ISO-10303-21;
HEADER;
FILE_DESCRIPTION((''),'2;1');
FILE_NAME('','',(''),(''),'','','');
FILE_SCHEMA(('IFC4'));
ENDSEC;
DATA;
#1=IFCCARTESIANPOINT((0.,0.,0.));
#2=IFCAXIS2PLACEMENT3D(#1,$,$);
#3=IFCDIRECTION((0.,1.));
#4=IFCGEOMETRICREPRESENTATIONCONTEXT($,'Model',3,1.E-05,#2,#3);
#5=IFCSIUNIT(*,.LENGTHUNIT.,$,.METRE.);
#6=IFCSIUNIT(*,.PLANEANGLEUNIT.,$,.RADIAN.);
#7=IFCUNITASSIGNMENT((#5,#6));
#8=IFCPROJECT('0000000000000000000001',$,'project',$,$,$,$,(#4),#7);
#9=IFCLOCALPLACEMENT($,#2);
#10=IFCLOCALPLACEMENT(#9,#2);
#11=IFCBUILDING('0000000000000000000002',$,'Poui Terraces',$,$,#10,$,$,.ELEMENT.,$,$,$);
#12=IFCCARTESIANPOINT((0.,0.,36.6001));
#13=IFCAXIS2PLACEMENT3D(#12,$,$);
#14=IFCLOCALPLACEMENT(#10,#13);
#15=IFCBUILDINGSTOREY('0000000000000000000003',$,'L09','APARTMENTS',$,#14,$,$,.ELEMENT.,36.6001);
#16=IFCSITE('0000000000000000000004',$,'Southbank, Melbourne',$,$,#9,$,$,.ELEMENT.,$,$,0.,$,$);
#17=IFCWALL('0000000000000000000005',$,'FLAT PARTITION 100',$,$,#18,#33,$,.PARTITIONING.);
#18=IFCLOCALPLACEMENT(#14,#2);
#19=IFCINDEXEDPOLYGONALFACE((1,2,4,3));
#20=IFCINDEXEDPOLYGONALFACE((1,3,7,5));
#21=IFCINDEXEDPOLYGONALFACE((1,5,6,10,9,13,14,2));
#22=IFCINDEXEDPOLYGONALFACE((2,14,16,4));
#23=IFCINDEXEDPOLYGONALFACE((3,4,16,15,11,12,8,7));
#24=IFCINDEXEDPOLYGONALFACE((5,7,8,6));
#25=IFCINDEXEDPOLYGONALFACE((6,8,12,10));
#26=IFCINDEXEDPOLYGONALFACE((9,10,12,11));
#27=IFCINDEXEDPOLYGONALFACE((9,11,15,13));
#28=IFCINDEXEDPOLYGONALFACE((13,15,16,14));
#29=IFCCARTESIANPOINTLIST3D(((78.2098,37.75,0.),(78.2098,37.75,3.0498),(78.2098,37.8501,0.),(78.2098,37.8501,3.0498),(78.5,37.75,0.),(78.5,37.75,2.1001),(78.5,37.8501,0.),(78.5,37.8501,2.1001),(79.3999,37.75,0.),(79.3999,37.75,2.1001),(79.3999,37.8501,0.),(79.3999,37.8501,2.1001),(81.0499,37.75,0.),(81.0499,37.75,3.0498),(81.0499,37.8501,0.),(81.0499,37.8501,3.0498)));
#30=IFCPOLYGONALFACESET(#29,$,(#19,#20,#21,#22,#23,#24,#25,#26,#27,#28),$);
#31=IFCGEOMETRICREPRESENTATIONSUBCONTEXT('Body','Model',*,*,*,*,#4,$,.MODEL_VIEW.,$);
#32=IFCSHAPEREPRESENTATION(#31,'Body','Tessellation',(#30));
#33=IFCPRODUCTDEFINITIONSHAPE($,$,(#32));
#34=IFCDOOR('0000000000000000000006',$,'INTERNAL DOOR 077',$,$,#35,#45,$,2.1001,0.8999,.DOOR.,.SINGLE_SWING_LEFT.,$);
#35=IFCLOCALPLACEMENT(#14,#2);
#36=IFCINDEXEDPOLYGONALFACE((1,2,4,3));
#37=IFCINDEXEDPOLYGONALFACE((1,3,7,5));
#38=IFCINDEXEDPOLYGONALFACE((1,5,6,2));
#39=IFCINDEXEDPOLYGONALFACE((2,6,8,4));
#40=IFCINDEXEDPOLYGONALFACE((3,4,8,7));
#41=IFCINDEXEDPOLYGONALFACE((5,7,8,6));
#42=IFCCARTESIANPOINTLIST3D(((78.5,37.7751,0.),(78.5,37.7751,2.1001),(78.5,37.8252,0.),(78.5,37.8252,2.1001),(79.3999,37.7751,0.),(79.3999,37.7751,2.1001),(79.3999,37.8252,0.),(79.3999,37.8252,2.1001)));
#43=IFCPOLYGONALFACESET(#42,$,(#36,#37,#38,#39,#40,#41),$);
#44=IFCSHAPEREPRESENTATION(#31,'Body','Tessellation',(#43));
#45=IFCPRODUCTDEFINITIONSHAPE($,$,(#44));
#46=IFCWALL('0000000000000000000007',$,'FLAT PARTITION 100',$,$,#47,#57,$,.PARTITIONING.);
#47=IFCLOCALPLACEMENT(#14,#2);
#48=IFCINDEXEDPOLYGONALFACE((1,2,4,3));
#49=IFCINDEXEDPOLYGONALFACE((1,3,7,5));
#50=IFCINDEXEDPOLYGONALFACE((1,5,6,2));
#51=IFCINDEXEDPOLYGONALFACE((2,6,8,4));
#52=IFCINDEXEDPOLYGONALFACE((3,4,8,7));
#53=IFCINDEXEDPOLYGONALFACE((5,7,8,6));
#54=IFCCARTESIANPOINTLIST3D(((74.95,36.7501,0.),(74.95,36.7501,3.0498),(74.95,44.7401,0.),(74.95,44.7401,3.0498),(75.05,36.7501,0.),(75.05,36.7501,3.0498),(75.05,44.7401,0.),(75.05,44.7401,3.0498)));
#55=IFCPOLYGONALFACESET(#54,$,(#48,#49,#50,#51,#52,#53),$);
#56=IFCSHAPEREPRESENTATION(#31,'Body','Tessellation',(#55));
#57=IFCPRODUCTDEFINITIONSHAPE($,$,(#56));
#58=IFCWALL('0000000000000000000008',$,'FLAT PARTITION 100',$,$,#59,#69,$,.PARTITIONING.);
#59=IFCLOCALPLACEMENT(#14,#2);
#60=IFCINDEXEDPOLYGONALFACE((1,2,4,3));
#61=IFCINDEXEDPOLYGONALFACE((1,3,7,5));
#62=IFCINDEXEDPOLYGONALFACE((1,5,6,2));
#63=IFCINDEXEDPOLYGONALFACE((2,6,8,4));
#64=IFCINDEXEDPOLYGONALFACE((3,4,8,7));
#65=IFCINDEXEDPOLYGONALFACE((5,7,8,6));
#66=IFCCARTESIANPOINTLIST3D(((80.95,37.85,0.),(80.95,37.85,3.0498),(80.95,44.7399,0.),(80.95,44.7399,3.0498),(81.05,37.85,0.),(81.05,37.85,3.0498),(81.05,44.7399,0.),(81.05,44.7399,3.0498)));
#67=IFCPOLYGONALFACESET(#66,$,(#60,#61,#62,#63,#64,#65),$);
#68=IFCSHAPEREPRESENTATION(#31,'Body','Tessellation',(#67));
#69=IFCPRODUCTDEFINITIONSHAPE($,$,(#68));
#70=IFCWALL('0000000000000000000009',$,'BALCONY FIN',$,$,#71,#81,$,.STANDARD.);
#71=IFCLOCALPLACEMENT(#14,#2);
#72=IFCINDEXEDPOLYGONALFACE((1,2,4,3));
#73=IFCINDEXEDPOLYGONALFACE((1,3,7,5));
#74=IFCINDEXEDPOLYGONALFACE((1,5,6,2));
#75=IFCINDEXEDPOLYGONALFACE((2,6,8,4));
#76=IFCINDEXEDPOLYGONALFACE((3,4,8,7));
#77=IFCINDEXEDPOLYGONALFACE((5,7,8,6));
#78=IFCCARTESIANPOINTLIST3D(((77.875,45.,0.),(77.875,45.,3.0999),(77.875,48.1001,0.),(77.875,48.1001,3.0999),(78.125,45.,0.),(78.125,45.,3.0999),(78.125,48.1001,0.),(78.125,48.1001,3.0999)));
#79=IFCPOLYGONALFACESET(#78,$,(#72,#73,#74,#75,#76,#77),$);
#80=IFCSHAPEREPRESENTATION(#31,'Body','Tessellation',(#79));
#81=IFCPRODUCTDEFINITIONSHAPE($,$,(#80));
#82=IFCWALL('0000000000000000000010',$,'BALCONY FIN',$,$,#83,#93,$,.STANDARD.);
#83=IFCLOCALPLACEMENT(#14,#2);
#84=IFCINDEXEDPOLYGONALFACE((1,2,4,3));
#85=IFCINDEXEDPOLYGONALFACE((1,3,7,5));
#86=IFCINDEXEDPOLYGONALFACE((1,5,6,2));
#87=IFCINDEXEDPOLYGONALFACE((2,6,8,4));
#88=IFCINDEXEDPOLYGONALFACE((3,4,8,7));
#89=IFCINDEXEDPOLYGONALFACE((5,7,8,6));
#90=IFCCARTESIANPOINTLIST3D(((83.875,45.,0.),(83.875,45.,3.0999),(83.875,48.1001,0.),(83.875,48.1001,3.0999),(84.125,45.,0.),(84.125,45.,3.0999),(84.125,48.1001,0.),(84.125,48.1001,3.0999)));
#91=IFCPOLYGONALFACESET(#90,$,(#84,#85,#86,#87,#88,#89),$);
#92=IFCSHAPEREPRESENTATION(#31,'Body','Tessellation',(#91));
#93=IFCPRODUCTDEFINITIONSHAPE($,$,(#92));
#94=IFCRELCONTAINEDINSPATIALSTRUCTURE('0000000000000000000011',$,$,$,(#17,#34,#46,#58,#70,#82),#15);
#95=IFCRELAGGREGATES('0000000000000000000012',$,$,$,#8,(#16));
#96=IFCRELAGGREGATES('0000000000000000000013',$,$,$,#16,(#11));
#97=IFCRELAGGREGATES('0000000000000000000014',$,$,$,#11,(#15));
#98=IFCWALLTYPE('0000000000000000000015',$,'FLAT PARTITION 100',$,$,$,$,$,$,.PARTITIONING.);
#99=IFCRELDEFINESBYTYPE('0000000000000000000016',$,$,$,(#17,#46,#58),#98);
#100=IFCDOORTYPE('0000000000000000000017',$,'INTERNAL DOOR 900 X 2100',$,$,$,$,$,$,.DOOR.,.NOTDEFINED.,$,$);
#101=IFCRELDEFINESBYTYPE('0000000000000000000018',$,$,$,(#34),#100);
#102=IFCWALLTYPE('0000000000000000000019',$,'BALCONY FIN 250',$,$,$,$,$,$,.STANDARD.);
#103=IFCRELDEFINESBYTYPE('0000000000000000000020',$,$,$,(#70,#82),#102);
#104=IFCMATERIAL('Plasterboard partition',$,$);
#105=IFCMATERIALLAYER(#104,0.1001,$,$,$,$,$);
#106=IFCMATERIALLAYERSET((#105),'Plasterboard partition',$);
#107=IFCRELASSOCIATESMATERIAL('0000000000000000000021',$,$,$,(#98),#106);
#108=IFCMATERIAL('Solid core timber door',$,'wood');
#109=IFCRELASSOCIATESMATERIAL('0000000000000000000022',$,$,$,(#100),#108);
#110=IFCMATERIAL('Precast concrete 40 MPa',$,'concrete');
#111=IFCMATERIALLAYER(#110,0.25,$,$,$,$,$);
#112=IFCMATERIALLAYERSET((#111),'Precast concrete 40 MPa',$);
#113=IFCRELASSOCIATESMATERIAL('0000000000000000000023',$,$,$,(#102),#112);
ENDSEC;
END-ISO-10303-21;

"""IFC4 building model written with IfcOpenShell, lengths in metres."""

from ifc_helpers import new_model, si_unit, direction, frame, frame_2d, origin, place, context, subcontext, project, spatial, polyline, rectangle, outline, extrude, source, transform, mapped, material, layer, layer_set, type_object, element, fill, save


model = new_model("IFC4")

# Units and contexts
model_context = context("Model", 3, precision=1e-05, world=origin(), true_north=direction((0.0, 1.0)))
body_context = subcontext(model_context, "Body", "Model", "MODEL_VIEW")
ifc_project = project(units=[si_unit("LENGTHUNIT", "METRE"), si_unit("PLANEANGLEUNIT", "RADIAN")], contexts=[model_context])

# Site, building, storey
site_placement = place(None, origin())
site = spatial("IfcSite", under=ifc_project, at=site_placement, Name="Southbank, Melbourne", CompositionType="ELEMENT", RefElevation=0.0)
building_placement = place(site_placement, origin())
building = spatial("IfcBuilding", under=site, at=building_placement, Name="Poui Terraces", CompositionType="ELEMENT")
storey_placement = place(building_placement, frame((0.0, 0.0, 36.6001)))
storey = spatial("IfcBuildingStorey", under=building, at=storey_placement, Name="L09", Description="APARTMENTS", CompositionType="ELEMENT", Elevation=36.6001)

# Wall, opening, door
ifc_material_1 = material(Name="Plasterboard partition")
ifc_layer_1 = layer(ifc_material_1, 0.1001)
ifc_layer_set_1 = layer_set([ifc_layer_1], Name="Plasterboard partition")
wall_type_1 = type_object("IfcWallType", Name="FLAT PARTITION 100", PredefinedType="PARTITIONING", material=ifc_layer_set_1)
ifc_material_2 = material(Name="Solid core timber door", Category="wood")
door_type_1 = type_object("IfcDoorType", Name="INTERNAL DOOR 900 X 2100", OperationType="NOTDEFINED", PredefinedType="DOOR", material=ifc_material_2)
wall_1_placement = place(storey_placement, frame((78.21, 37.8, 0.0), z_axis=(0.0, 0.0, 1.0), x_axis=(1.0, 0.0, 0.0)))
wall_1 = element("IfcWall", 1, at=wall_1_placement, inside=storey, type_object=wall_type_1, Name="FLAT PARTITION 100", PredefinedType="PARTITIONING", context=body_context, shape_type="SweptSolid", body=[
    extrude(rectangle(XDim=2.8401, YDim=0.1001, at=frame_2d((1.4199, 0.0))), origin(), (0.0, 0.0, 1.0), 3.0498),
])
opening_1_placement = place(wall_1_placement, frame((0.29, 0.0, 0.0)))
opening_1 = element("IfcOpeningElement", 2, at=opening_1_placement, cuts=wall_1, PredefinedType="OPENING", context=body_context, shape_type="SweptSolid", body=[
    extrude(rectangle(XDim=0.8999, YDim=2.1001, at=frame_2d((0.45, 1.05))), frame((0.0, 0.0601, 0.0), z_axis=(0.0, -1.0, 0.0), x_axis=(1.0, 0.0, 0.0)), (0.0, 0.0, 1.0), 0.1201),
])
door_1_placement = place(opening_1_placement, frame((0.8999, 0.0, 0.0), z_axis=(0.0, 0.0, 1.0), x_axis=(-1.0, 0.0, 0.0)))
door_1 = element("IfcDoor", 3, at=door_1_placement, inside=storey, type_object=door_type_1, Name="INTERNAL DOOR 077", OperationType="SINGLE_SWING_LEFT", OverallHeight=2.1001, OverallWidth=0.8999, PredefinedType="DOOR", context=body_context, shape_type="SweptSolid", body=[
    extrude(rectangle(XDim=0.8999, YDim=2.1001, at=frame_2d((0.45, 1.05))), frame((0.0, 0.0249, 0.0), z_axis=(0.0, -1.0, 0.0), x_axis=(1.0, 0.0, 0.0)), (0.0, 0.0, 1.0), 0.05),
])
fill(opening_1, door_1)

# Walls
wall_2_placement = place(storey_placement, frame((75.0, 36.75, 0.0), z_axis=(0.0, 0.0, 1.0), x_axis=(0.0, 1.0, 0.0)))
element("IfcWall", 4, at=wall_2_placement, inside=storey, type_object=wall_type_1, Name="FLAT PARTITION 100", PredefinedType="PARTITIONING", context=body_context, shape_type="SweptSolid", body=[
    extrude(rectangle(XDim=7.99, YDim=0.1001, at=frame_2d((3.9951, 0.0))), origin(), (0.0, 0.0, 1.0), 3.0498),
])
wall_3_placement = place(storey_placement, frame((81.0, 37.8501, 0.0), z_axis=(0.0, 0.0, 1.0), x_axis=(0.0, 1.0, 0.0)))
element("IfcWall", 5, at=wall_3_placement, inside=storey, type_object=wall_type_1, Name="FLAT PARTITION 100", PredefinedType="PARTITIONING", context=body_context, shape_type="SweptSolid", body=[
    extrude(rectangle(XDim=6.8899, YDim=0.1001, at=frame_2d((3.4448, 0.0))), origin(), (0.0, 0.0, 1.0), 3.0498),
])
ifc_material_3 = material(Name="Precast concrete 40 MPa", Category="concrete")
ifc_layer_2 = layer(ifc_material_3, 0.25)
ifc_layer_set_2 = layer_set([ifc_layer_2], Name="Precast concrete 40 MPa")
wall_type_2 = type_object("IfcWallType", Name="BALCONY FIN 250", PredefinedType="STANDARD", material=ifc_layer_set_2)
shared_shape_1 = source(origin(), body_context, "Body", "SweptSolid", [
    extrude(outline(polyline([(0.0, 0.0), (0.25, 0.0), (0.25, 3.1001), (0.0, 3.1001), (0.0, 0.0)])), origin(), (0.0, 0.0, 1.0), 3.0999),
])
for number, where, name in (
    (6, (77.875, 45.0, 0.0), "BALCONY FIN"),
    (7, (83.875, 45.0, 0.0), "BALCONY FIN"),
):
    element("IfcWall", number, at=place(storey_placement, frame(where)), inside=storey, type_object=wall_type_2, Name=name, PredefinedType="STANDARD", context=body_context, shape_type="MappedRepresentation", body=[
        mapped(shared_shape_1, transform((0.0, 0.0, 0.0))),
    ])

save(model, "model.ifc")
